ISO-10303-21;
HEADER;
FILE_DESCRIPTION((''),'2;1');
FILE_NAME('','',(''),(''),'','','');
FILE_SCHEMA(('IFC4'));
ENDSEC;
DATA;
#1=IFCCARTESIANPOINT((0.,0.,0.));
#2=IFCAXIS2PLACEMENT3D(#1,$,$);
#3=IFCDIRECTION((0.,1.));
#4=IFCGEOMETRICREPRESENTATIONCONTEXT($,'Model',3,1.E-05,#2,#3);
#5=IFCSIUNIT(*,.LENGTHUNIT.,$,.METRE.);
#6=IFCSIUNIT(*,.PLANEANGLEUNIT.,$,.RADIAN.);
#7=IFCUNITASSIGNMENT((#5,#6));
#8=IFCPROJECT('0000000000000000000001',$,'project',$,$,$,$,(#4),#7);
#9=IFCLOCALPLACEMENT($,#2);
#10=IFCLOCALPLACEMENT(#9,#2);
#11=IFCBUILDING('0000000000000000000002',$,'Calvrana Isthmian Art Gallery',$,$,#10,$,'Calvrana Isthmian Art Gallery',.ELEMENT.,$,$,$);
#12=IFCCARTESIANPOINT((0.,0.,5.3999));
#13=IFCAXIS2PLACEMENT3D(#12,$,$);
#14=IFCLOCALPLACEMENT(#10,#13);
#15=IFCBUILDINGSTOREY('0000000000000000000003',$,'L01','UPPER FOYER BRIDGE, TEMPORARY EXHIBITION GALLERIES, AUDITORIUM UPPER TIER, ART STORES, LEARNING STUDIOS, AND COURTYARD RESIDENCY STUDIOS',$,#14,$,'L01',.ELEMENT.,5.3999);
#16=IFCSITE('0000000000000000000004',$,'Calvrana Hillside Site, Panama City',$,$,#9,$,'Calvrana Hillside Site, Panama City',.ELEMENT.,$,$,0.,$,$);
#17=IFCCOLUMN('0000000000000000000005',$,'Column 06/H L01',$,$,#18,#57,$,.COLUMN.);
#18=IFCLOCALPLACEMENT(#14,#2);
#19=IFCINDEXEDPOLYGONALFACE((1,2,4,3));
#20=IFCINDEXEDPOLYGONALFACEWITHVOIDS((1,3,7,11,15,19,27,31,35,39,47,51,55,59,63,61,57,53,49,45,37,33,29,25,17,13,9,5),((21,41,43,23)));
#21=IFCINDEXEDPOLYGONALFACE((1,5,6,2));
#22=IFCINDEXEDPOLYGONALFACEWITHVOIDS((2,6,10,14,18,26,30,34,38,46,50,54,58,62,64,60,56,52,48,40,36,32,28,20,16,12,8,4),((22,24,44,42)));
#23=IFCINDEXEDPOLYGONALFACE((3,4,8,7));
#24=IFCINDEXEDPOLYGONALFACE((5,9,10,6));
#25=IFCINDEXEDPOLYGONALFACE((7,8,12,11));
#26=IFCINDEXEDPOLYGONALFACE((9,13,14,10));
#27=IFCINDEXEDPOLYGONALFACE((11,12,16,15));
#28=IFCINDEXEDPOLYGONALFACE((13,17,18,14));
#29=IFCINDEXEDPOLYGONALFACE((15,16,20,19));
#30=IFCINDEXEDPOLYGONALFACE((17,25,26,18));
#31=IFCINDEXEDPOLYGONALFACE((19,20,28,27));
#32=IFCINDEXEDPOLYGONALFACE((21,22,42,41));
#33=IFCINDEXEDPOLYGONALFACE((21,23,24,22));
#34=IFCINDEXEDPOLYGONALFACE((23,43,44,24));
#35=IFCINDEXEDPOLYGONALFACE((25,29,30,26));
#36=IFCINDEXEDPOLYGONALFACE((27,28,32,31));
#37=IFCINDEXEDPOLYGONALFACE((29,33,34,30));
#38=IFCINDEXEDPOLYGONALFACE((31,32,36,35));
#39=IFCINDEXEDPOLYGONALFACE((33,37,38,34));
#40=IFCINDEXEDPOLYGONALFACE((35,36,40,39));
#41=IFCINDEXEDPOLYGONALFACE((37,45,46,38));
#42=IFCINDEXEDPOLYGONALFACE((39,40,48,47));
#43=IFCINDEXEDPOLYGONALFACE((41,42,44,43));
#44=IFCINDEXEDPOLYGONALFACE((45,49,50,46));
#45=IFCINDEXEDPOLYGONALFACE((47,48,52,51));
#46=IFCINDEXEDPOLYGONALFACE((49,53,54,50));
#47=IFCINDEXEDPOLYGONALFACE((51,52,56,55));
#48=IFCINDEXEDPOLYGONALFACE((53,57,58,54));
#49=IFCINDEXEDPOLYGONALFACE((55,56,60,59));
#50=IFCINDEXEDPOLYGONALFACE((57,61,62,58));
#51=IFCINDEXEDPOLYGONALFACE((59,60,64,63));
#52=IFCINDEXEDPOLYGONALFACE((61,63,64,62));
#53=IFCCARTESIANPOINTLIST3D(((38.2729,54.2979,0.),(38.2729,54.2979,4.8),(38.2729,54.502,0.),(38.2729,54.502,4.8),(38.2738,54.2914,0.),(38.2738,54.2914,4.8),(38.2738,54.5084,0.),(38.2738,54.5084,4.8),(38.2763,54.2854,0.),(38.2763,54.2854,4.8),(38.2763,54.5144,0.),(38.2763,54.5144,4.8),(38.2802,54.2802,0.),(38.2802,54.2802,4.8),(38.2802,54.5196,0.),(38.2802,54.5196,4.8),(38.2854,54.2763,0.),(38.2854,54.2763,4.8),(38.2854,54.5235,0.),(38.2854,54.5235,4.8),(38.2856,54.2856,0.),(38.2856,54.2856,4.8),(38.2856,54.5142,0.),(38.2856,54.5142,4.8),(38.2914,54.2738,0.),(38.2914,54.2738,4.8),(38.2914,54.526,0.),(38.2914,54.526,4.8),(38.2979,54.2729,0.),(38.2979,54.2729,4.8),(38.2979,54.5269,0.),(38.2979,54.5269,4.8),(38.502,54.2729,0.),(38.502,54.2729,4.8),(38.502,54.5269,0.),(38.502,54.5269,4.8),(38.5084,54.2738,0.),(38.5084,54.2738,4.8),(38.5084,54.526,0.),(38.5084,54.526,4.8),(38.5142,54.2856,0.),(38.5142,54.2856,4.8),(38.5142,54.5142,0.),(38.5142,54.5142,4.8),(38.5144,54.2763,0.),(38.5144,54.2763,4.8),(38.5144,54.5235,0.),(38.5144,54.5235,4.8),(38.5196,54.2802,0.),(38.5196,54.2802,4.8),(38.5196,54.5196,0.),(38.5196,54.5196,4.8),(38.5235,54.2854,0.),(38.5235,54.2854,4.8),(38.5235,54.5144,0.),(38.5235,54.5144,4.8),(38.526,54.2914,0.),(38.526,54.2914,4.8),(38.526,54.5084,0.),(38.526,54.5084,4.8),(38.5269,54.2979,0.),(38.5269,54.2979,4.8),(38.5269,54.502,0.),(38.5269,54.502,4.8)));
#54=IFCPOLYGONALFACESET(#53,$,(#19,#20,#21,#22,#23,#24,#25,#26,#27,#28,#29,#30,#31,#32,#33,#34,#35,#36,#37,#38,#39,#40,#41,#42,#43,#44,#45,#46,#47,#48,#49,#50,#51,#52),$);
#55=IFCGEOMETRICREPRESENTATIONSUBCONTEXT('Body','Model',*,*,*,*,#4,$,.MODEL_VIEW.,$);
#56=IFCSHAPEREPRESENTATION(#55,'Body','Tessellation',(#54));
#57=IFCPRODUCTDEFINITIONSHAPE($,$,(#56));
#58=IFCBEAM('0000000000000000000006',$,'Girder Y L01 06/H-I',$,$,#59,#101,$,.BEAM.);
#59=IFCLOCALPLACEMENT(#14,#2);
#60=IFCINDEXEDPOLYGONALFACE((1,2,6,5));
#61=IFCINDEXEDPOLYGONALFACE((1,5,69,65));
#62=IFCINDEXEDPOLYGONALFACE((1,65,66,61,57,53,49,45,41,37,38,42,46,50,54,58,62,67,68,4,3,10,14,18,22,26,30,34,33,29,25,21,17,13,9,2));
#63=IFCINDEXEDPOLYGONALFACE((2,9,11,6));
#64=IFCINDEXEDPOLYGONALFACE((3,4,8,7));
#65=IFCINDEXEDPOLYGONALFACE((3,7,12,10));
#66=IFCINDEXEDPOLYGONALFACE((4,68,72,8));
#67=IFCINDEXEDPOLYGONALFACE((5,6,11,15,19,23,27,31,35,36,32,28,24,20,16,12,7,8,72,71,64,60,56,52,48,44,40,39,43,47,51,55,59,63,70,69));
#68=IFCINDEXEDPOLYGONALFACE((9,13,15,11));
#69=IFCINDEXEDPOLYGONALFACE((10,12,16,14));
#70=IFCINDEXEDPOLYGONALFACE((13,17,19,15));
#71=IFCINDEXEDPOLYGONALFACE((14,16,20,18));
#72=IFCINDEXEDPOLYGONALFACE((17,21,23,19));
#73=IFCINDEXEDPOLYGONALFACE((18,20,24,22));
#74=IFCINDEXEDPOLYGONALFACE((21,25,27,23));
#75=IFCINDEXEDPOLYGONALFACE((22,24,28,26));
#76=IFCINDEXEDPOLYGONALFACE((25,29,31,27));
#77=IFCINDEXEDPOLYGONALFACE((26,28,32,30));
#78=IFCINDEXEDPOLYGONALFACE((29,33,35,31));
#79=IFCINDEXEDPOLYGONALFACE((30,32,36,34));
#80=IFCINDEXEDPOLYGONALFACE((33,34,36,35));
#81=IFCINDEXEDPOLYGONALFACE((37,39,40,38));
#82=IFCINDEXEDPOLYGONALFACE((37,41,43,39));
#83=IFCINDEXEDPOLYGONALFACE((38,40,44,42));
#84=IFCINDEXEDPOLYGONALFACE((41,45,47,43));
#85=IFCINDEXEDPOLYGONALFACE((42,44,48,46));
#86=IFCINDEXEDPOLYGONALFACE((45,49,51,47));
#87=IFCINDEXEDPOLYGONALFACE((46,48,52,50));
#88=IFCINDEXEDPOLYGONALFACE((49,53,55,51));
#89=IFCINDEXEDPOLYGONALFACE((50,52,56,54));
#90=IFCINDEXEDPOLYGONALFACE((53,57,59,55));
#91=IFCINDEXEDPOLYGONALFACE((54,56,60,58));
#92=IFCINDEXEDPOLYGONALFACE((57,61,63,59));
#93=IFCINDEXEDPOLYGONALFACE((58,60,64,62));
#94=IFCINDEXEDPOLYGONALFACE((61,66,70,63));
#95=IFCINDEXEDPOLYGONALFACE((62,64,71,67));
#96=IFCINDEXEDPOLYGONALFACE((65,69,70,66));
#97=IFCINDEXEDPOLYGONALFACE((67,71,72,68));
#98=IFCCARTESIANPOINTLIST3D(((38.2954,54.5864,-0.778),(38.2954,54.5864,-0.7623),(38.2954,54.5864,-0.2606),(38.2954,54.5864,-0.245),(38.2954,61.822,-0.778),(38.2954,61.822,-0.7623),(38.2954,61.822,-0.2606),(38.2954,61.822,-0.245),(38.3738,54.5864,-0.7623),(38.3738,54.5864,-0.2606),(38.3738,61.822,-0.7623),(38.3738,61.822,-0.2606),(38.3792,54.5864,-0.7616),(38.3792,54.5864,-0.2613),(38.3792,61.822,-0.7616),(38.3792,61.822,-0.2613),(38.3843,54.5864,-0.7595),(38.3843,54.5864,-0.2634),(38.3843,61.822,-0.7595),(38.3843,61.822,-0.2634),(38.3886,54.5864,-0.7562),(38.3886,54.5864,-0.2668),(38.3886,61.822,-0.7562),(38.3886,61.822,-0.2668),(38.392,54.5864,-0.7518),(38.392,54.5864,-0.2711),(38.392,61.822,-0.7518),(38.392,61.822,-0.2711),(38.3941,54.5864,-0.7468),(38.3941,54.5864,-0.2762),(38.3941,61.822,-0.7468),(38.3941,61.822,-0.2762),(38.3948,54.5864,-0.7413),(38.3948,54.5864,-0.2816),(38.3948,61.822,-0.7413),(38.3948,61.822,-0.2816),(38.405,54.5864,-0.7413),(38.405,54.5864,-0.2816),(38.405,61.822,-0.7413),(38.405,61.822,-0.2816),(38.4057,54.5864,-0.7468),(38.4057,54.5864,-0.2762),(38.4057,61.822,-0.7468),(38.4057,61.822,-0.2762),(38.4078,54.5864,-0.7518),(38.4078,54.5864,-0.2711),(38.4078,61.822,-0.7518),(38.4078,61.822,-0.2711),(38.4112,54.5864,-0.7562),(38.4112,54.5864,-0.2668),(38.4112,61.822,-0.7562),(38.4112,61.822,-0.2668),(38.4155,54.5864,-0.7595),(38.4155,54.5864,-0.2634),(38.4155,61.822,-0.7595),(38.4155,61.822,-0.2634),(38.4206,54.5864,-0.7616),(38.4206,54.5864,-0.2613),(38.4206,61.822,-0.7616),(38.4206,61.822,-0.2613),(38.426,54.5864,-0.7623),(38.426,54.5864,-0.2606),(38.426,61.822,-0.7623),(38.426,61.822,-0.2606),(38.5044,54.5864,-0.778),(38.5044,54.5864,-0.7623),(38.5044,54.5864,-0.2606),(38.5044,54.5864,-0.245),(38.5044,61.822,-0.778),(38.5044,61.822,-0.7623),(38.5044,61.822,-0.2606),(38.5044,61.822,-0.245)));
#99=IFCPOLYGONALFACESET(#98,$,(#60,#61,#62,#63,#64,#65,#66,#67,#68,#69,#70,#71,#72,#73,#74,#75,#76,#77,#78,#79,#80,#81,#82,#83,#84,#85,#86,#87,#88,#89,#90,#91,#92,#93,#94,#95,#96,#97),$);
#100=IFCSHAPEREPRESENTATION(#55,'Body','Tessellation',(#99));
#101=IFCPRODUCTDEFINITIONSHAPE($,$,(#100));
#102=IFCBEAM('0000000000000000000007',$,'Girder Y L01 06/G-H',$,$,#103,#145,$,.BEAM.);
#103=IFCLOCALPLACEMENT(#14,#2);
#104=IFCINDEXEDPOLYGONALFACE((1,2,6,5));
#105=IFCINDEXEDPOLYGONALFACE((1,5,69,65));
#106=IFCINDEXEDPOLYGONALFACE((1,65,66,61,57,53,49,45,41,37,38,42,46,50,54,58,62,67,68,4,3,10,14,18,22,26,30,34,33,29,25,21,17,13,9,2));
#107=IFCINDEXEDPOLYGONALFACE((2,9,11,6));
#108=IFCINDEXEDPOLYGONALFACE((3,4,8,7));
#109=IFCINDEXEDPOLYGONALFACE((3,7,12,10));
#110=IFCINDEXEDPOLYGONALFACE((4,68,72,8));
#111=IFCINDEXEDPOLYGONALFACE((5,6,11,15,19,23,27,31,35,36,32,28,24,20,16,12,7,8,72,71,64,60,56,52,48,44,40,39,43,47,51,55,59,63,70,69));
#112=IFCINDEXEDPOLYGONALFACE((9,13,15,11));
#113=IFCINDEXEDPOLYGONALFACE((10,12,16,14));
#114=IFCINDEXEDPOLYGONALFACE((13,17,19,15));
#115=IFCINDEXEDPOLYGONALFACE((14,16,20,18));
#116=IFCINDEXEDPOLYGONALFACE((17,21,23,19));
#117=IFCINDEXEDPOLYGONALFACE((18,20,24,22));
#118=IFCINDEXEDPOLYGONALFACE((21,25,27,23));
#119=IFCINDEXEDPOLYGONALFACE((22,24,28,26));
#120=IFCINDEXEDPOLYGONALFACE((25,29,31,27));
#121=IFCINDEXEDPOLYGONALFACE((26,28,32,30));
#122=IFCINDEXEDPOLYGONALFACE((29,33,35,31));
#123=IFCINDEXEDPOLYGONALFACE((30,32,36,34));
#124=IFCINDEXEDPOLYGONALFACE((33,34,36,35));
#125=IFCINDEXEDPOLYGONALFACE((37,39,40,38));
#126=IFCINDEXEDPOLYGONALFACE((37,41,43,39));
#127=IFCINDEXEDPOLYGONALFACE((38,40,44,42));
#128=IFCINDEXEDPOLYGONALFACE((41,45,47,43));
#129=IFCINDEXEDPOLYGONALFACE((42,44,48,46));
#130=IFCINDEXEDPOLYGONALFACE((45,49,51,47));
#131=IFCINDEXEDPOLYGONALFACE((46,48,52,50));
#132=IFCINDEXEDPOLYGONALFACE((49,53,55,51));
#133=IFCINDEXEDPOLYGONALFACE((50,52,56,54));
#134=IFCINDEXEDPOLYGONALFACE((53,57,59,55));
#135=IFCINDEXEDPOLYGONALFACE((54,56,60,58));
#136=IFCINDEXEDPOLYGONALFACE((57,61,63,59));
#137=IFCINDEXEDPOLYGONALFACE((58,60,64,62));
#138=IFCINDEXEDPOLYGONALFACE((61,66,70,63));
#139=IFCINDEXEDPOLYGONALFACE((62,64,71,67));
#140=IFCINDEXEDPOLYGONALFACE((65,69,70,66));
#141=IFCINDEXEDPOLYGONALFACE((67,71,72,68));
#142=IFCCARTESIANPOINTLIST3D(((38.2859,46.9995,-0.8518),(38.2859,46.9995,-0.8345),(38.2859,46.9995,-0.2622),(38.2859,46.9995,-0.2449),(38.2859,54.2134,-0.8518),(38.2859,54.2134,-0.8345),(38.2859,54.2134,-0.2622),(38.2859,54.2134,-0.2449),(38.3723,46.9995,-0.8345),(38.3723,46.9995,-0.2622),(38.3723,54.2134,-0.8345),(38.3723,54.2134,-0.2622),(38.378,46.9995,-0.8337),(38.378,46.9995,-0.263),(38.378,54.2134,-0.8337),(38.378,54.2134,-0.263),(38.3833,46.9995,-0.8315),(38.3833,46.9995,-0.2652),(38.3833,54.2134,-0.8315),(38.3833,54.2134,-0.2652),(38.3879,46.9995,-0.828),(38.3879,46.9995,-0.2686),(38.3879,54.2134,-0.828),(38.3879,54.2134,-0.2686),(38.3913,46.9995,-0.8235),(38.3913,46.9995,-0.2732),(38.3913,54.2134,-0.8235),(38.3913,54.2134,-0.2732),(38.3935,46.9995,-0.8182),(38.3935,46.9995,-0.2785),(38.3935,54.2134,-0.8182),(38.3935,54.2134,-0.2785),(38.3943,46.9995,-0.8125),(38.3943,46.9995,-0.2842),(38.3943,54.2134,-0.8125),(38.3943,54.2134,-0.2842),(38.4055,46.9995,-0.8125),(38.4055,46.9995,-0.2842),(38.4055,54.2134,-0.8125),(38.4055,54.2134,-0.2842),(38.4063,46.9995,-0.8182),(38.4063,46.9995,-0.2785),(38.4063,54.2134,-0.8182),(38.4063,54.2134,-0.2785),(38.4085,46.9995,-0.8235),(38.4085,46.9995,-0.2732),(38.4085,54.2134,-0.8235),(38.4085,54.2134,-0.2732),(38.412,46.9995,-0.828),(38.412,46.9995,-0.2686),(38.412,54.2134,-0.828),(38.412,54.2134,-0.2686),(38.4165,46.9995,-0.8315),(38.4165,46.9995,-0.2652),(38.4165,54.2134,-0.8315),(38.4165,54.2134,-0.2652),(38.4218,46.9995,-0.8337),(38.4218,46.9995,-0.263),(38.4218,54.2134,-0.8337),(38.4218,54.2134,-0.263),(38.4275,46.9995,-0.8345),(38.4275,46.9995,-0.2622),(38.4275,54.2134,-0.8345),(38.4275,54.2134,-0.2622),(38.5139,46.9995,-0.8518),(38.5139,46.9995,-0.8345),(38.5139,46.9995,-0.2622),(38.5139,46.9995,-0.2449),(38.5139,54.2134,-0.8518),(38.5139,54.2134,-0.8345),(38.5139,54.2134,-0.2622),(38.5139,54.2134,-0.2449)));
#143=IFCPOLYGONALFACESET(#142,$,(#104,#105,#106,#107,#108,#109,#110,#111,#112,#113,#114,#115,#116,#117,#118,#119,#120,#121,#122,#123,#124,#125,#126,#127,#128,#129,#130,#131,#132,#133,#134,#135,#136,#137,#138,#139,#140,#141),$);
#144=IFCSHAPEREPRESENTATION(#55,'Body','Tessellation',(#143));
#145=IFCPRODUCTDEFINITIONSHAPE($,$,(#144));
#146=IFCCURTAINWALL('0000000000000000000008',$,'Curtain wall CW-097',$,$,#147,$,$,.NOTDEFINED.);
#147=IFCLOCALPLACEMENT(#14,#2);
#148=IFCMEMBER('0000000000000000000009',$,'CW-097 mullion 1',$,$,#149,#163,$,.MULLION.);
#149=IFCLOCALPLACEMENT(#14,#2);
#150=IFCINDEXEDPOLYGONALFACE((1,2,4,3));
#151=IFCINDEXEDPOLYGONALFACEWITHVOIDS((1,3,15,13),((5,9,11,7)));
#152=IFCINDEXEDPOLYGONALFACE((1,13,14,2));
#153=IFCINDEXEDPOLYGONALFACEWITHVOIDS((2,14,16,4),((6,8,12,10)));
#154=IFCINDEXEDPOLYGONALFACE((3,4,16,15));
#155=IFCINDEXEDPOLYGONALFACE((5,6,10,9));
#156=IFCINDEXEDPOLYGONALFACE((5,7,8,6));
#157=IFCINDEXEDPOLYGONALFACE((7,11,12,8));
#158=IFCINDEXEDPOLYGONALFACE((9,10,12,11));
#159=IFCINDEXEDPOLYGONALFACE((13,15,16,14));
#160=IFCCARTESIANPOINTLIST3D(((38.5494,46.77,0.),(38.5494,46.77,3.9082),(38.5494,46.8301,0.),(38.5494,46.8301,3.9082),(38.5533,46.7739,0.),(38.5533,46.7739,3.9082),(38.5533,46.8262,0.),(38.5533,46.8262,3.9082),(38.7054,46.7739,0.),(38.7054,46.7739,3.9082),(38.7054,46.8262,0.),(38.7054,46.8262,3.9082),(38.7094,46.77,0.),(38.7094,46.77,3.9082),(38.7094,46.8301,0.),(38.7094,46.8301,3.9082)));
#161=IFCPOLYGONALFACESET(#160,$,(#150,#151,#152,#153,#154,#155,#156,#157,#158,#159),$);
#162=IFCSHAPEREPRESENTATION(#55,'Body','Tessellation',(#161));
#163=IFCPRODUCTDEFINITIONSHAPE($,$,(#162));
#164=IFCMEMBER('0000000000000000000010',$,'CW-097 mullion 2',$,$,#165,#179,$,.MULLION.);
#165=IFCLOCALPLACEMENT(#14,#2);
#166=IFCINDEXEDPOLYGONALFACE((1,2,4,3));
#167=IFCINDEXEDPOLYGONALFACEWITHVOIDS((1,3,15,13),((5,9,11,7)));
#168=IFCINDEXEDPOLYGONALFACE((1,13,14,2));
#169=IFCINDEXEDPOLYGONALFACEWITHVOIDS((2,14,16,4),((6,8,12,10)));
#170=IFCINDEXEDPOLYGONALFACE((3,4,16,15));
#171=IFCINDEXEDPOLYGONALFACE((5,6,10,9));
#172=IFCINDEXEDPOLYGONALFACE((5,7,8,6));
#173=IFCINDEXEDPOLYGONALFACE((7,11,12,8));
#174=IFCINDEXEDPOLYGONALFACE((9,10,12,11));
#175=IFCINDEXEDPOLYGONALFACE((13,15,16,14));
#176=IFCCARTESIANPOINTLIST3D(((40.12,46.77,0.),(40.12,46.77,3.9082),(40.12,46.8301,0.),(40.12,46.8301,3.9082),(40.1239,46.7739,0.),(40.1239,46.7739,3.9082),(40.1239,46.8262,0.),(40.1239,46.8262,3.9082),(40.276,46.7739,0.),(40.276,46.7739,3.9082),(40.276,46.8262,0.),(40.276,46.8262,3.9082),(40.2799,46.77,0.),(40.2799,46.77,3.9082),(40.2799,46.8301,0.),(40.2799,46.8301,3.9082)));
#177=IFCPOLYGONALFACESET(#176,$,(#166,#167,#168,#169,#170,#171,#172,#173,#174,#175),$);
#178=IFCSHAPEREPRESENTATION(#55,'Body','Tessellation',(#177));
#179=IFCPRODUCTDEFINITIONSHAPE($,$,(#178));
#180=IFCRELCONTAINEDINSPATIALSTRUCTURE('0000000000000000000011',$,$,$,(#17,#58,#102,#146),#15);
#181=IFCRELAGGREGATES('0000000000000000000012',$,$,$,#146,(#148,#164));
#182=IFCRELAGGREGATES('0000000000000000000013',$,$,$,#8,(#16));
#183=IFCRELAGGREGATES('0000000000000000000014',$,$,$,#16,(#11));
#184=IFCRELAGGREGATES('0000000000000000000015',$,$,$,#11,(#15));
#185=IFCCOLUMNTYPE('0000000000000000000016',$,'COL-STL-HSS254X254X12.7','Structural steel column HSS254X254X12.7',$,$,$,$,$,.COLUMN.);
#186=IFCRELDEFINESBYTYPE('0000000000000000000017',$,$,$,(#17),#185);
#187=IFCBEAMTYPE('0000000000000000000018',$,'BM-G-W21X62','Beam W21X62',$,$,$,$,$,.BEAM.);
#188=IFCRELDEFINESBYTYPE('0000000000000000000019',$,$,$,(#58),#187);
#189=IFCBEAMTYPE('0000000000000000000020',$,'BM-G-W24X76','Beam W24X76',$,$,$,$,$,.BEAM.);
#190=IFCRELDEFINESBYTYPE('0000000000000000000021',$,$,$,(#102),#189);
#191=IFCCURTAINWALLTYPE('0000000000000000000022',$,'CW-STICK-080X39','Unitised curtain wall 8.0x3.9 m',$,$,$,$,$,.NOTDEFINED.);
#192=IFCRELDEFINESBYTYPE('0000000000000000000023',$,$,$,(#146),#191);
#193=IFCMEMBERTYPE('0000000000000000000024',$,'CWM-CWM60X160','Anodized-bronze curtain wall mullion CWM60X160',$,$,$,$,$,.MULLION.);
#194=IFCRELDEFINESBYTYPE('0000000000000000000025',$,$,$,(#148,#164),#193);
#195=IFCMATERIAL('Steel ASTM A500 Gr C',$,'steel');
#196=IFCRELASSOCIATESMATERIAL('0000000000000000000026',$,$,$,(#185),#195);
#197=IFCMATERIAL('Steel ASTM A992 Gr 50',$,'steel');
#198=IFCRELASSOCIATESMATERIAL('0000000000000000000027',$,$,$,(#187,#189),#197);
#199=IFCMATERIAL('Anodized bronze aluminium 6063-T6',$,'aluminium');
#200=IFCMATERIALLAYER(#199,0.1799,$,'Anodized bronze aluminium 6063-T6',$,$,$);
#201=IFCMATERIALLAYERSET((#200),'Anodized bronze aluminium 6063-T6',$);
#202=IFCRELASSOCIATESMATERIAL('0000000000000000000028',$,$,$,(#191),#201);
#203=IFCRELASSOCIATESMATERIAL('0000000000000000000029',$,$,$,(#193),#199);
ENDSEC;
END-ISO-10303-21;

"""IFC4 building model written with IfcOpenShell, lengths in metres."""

from ifc_helpers import new_model, si_unit, direction, frame, origin, origin_2d, place, context, subcontext, project, spatial, hollow_rectangle, i_section, extrude, material, layer, layer_set, material_profile, profile_set, type_object, element, aggregate, save


model = new_model("IFC4")

# Units and contexts
model_context = context("Model", 3, precision=1e-05, world=origin(), true_north=direction((0.0, 1.0)))
body_context = subcontext(model_context, "Body", "Model", "MODEL_VIEW")
ifc_project = project(units=[si_unit("LENGTHUNIT", "METRE"), si_unit("PLANEANGLEUNIT", "RADIAN")], contexts=[model_context])

# Site, building, storey
site_placement = place(None, origin())
site = spatial("IfcSite", under=ifc_project, at=site_placement, Name="Calvrana Hillside Site, Panama City", LongName="Calvrana Hillside Site, Panama City", CompositionType="ELEMENT", RefElevation=0.0)
building_placement = place(site_placement, origin())
building = spatial("IfcBuilding", under=site, at=building_placement, Name="Calvrana Isthmian Art Gallery", LongName="Calvrana Isthmian Art Gallery", CompositionType="ELEMENT")
storey_placement = place(building_placement, frame((0.0, 0.0, 5.3999)))
storey = spatial("IfcBuildingStorey", under=building, at=storey_placement, Name="L01", Description="UPPER FOYER BRIDGE, TEMPORARY EXHIBITION GALLERIES, AUDITORIUM UPPER TIER, ART STORES, LEARNING STUDIOS, AND COURTYARD RESIDENCY STUDIOS", LongName="L01", CompositionType="ELEMENT", Elevation=5.3999)

# Column
ifc_material_1 = material(Name="Steel ASTM A500 Gr C", Category="steel")
ifc_material_profile_1 = material_profile(ifc_material_1, hollow_rectangle(XDim=0.2539, YDim=0.2539, WallThickness=0.0127, OuterFilletRadius=0.0249, at=origin_2d()), Name="HSS254X254X12.7")
ifc_profile_set_1 = profile_set([ifc_material_profile_1], Name="Steel ASTM A500 Gr C")
column_type = type_object("IfcColumnType", Name="COL-STL-HSS254X254X12.7", Description="Structural steel column HSS254X254X12.7", PredefinedType="COLUMN", material=ifc_profile_set_1)
column_placement = place(storey_placement, frame((38.3999, 54.3999, 0.0), z_axis=(0.0, 0.0, 1.0), x_axis=(1.0, 0.0, 0.0)))
element("IfcColumn", 1, at=column_placement, inside=storey, type_object=column_type, Name="Column 06/H L01", PredefinedType="COLUMN", context=body_context, shape_type="SweptSolid", body=[
    extrude(hollow_rectangle(XDim=0.2539, YDim=0.2539, WallThickness=0.0127, OuterFilletRadius=0.0249, at=origin_2d()), origin(), (0.0, 0.0, 1.0), 4.8),
])

# Beams
ifc_material_2 = material(Name="Steel ASTM A992 Gr 50", Category="steel")
ifc_material_profile_2 = material_profile(ifc_material_2, i_section(OverallWidth=0.209, OverallDepth=0.533, WebThickness=0.0103, FlangeThickness=0.0156, FilletRadius=0.021, at=origin_2d()), Name="W21X62")
ifc_profile_set_2 = profile_set([ifc_material_profile_2], Name="Steel ASTM A992 Gr 50")
beam_type_1 = type_object("IfcBeamType", Name="BM-G-W21X62", Description="Beam W21X62", PredefinedType="BEAM", material=ifc_profile_set_2)
beam_1_placement = place(storey_placement, frame((38.3999, 54.5864, -0.5115), z_axis=(0.0, 1.0, 0.0), x_axis=(-1.0, 0.0, 0.0)))
element("IfcBeam", 2, at=beam_1_placement, inside=storey, type_object=beam_type_1, Name="Girder Y L01 06/H-I", PredefinedType="BEAM", context=body_context, shape_type="SweptSolid", body=[
    extrude(i_section(OverallWidth=0.209, OverallDepth=0.533, WebThickness=0.0103, FlangeThickness=0.0156, FilletRadius=0.021, at=origin_2d()), origin(), (0.0, 0.0, 1.0), 7.2356),
])
ifc_material_profile_3 = material_profile(ifc_material_2, i_section(OverallWidth=0.228, OverallDepth=0.6069, WebThickness=0.0112, FlangeThickness=0.0173, FilletRadius=0.022, at=origin_2d()), Name="W24X76")
ifc_profile_set_3 = profile_set([ifc_material_profile_3], Name="Steel ASTM A992 Gr 50")
beam_type_2 = type_object("IfcBeamType", Name="BM-G-W24X76", Description="Beam W24X76", PredefinedType="BEAM", material=ifc_profile_set_3)
beam_2_placement = place(storey_placement, frame((38.3999, 46.9995, -0.5483), z_axis=(0.0, 1.0, 0.0), x_axis=(-1.0, 0.0, 0.0)))
element("IfcBeam", 3, at=beam_2_placement, inside=storey, type_object=beam_type_2, Name="Girder Y L01 06/G-H", PredefinedType="BEAM", context=body_context, shape_type="SweptSolid", body=[
    extrude(i_section(OverallWidth=0.228, OverallDepth=0.6069, WebThickness=0.0112, FlangeThickness=0.0173, FilletRadius=0.022, at=origin_2d()), origin(), (0.0, 0.0, 1.0), 7.2139),
])

# Curtain wall, members
ifc_material_3 = material(Name="Anodized bronze aluminium 6063-T6", Category="aluminium")
ifc_layer_1 = layer(ifc_material_3, 0.1799, Name="Anodized bronze aluminium 6063-T6")
ifc_layer_set_1 = layer_set([ifc_layer_1], Name="Anodized bronze aluminium 6063-T6")
curtain_wall_type_1 = type_object("IfcCurtainWallType", Name="CW-STICK-080X39", Description="Unitised curtain wall 8.0x3.9 m", PredefinedType="NOTDEFINED", material=ifc_layer_set_1)
curtain_wall_1_placement = place(storey_placement, origin())
curtain_wall_1 = element("IfcCurtainWall", 4, at=curtain_wall_1_placement, inside=storey, type_object=curtain_wall_type_1, Name="Curtain wall CW-097", PredefinedType="NOTDEFINED")
ifc_material_profile_4 = material_profile(ifc_material_3, hollow_rectangle(XDim=0.0601, YDim=0.1599, WallThickness=0.0039, at=origin_2d()), Name="CWM60X160")
ifc_profile_set_4 = profile_set([ifc_material_profile_4], Name="Anodized bronze aluminium 6063-T6")
member_type_1 = type_object("IfcMemberType", Name="CWM-CWM60X160", Description="Anodized-bronze curtain wall mullion CWM60X160", PredefinedType="MULLION", material=ifc_profile_set_4)
member_1_placement = place(storey_placement, frame((38.6294, 46.8, 0.0), z_axis=(0.0, 0.0, 1.0), x_axis=(0.0, 1.0, 0.0)))
member_1 = element("IfcMember", 5, at=member_1_placement, type_object=member_type_1, Name="CW-097 mullion 1", PredefinedType="MULLION", context=body_context, shape_type="SweptSolid", body=[
    extrude(hollow_rectangle(XDim=0.0601, YDim=0.1599, WallThickness=0.0039, at=origin_2d()), origin(), (0.0, 0.0, 1.0), 3.9082),
])
member_2_placement = place(storey_placement, frame((40.2, 46.8, 0.0), z_axis=(0.0, 0.0, 1.0), x_axis=(0.0, 1.0, 0.0)))
member_2 = element("IfcMember", 6, at=member_2_placement, type_object=member_type_1, Name="CW-097 mullion 2", PredefinedType="MULLION", context=body_context, shape_type="SweptSolid", body=[
    extrude(hollow_rectangle(XDim=0.0601, YDim=0.1599, WallThickness=0.0039, at=origin_2d()), origin(), (0.0, 0.0, 1.0), 3.9082),
])

aggregate(curtain_wall_1, [member_1, member_2])

save(model, "model.ifc")
